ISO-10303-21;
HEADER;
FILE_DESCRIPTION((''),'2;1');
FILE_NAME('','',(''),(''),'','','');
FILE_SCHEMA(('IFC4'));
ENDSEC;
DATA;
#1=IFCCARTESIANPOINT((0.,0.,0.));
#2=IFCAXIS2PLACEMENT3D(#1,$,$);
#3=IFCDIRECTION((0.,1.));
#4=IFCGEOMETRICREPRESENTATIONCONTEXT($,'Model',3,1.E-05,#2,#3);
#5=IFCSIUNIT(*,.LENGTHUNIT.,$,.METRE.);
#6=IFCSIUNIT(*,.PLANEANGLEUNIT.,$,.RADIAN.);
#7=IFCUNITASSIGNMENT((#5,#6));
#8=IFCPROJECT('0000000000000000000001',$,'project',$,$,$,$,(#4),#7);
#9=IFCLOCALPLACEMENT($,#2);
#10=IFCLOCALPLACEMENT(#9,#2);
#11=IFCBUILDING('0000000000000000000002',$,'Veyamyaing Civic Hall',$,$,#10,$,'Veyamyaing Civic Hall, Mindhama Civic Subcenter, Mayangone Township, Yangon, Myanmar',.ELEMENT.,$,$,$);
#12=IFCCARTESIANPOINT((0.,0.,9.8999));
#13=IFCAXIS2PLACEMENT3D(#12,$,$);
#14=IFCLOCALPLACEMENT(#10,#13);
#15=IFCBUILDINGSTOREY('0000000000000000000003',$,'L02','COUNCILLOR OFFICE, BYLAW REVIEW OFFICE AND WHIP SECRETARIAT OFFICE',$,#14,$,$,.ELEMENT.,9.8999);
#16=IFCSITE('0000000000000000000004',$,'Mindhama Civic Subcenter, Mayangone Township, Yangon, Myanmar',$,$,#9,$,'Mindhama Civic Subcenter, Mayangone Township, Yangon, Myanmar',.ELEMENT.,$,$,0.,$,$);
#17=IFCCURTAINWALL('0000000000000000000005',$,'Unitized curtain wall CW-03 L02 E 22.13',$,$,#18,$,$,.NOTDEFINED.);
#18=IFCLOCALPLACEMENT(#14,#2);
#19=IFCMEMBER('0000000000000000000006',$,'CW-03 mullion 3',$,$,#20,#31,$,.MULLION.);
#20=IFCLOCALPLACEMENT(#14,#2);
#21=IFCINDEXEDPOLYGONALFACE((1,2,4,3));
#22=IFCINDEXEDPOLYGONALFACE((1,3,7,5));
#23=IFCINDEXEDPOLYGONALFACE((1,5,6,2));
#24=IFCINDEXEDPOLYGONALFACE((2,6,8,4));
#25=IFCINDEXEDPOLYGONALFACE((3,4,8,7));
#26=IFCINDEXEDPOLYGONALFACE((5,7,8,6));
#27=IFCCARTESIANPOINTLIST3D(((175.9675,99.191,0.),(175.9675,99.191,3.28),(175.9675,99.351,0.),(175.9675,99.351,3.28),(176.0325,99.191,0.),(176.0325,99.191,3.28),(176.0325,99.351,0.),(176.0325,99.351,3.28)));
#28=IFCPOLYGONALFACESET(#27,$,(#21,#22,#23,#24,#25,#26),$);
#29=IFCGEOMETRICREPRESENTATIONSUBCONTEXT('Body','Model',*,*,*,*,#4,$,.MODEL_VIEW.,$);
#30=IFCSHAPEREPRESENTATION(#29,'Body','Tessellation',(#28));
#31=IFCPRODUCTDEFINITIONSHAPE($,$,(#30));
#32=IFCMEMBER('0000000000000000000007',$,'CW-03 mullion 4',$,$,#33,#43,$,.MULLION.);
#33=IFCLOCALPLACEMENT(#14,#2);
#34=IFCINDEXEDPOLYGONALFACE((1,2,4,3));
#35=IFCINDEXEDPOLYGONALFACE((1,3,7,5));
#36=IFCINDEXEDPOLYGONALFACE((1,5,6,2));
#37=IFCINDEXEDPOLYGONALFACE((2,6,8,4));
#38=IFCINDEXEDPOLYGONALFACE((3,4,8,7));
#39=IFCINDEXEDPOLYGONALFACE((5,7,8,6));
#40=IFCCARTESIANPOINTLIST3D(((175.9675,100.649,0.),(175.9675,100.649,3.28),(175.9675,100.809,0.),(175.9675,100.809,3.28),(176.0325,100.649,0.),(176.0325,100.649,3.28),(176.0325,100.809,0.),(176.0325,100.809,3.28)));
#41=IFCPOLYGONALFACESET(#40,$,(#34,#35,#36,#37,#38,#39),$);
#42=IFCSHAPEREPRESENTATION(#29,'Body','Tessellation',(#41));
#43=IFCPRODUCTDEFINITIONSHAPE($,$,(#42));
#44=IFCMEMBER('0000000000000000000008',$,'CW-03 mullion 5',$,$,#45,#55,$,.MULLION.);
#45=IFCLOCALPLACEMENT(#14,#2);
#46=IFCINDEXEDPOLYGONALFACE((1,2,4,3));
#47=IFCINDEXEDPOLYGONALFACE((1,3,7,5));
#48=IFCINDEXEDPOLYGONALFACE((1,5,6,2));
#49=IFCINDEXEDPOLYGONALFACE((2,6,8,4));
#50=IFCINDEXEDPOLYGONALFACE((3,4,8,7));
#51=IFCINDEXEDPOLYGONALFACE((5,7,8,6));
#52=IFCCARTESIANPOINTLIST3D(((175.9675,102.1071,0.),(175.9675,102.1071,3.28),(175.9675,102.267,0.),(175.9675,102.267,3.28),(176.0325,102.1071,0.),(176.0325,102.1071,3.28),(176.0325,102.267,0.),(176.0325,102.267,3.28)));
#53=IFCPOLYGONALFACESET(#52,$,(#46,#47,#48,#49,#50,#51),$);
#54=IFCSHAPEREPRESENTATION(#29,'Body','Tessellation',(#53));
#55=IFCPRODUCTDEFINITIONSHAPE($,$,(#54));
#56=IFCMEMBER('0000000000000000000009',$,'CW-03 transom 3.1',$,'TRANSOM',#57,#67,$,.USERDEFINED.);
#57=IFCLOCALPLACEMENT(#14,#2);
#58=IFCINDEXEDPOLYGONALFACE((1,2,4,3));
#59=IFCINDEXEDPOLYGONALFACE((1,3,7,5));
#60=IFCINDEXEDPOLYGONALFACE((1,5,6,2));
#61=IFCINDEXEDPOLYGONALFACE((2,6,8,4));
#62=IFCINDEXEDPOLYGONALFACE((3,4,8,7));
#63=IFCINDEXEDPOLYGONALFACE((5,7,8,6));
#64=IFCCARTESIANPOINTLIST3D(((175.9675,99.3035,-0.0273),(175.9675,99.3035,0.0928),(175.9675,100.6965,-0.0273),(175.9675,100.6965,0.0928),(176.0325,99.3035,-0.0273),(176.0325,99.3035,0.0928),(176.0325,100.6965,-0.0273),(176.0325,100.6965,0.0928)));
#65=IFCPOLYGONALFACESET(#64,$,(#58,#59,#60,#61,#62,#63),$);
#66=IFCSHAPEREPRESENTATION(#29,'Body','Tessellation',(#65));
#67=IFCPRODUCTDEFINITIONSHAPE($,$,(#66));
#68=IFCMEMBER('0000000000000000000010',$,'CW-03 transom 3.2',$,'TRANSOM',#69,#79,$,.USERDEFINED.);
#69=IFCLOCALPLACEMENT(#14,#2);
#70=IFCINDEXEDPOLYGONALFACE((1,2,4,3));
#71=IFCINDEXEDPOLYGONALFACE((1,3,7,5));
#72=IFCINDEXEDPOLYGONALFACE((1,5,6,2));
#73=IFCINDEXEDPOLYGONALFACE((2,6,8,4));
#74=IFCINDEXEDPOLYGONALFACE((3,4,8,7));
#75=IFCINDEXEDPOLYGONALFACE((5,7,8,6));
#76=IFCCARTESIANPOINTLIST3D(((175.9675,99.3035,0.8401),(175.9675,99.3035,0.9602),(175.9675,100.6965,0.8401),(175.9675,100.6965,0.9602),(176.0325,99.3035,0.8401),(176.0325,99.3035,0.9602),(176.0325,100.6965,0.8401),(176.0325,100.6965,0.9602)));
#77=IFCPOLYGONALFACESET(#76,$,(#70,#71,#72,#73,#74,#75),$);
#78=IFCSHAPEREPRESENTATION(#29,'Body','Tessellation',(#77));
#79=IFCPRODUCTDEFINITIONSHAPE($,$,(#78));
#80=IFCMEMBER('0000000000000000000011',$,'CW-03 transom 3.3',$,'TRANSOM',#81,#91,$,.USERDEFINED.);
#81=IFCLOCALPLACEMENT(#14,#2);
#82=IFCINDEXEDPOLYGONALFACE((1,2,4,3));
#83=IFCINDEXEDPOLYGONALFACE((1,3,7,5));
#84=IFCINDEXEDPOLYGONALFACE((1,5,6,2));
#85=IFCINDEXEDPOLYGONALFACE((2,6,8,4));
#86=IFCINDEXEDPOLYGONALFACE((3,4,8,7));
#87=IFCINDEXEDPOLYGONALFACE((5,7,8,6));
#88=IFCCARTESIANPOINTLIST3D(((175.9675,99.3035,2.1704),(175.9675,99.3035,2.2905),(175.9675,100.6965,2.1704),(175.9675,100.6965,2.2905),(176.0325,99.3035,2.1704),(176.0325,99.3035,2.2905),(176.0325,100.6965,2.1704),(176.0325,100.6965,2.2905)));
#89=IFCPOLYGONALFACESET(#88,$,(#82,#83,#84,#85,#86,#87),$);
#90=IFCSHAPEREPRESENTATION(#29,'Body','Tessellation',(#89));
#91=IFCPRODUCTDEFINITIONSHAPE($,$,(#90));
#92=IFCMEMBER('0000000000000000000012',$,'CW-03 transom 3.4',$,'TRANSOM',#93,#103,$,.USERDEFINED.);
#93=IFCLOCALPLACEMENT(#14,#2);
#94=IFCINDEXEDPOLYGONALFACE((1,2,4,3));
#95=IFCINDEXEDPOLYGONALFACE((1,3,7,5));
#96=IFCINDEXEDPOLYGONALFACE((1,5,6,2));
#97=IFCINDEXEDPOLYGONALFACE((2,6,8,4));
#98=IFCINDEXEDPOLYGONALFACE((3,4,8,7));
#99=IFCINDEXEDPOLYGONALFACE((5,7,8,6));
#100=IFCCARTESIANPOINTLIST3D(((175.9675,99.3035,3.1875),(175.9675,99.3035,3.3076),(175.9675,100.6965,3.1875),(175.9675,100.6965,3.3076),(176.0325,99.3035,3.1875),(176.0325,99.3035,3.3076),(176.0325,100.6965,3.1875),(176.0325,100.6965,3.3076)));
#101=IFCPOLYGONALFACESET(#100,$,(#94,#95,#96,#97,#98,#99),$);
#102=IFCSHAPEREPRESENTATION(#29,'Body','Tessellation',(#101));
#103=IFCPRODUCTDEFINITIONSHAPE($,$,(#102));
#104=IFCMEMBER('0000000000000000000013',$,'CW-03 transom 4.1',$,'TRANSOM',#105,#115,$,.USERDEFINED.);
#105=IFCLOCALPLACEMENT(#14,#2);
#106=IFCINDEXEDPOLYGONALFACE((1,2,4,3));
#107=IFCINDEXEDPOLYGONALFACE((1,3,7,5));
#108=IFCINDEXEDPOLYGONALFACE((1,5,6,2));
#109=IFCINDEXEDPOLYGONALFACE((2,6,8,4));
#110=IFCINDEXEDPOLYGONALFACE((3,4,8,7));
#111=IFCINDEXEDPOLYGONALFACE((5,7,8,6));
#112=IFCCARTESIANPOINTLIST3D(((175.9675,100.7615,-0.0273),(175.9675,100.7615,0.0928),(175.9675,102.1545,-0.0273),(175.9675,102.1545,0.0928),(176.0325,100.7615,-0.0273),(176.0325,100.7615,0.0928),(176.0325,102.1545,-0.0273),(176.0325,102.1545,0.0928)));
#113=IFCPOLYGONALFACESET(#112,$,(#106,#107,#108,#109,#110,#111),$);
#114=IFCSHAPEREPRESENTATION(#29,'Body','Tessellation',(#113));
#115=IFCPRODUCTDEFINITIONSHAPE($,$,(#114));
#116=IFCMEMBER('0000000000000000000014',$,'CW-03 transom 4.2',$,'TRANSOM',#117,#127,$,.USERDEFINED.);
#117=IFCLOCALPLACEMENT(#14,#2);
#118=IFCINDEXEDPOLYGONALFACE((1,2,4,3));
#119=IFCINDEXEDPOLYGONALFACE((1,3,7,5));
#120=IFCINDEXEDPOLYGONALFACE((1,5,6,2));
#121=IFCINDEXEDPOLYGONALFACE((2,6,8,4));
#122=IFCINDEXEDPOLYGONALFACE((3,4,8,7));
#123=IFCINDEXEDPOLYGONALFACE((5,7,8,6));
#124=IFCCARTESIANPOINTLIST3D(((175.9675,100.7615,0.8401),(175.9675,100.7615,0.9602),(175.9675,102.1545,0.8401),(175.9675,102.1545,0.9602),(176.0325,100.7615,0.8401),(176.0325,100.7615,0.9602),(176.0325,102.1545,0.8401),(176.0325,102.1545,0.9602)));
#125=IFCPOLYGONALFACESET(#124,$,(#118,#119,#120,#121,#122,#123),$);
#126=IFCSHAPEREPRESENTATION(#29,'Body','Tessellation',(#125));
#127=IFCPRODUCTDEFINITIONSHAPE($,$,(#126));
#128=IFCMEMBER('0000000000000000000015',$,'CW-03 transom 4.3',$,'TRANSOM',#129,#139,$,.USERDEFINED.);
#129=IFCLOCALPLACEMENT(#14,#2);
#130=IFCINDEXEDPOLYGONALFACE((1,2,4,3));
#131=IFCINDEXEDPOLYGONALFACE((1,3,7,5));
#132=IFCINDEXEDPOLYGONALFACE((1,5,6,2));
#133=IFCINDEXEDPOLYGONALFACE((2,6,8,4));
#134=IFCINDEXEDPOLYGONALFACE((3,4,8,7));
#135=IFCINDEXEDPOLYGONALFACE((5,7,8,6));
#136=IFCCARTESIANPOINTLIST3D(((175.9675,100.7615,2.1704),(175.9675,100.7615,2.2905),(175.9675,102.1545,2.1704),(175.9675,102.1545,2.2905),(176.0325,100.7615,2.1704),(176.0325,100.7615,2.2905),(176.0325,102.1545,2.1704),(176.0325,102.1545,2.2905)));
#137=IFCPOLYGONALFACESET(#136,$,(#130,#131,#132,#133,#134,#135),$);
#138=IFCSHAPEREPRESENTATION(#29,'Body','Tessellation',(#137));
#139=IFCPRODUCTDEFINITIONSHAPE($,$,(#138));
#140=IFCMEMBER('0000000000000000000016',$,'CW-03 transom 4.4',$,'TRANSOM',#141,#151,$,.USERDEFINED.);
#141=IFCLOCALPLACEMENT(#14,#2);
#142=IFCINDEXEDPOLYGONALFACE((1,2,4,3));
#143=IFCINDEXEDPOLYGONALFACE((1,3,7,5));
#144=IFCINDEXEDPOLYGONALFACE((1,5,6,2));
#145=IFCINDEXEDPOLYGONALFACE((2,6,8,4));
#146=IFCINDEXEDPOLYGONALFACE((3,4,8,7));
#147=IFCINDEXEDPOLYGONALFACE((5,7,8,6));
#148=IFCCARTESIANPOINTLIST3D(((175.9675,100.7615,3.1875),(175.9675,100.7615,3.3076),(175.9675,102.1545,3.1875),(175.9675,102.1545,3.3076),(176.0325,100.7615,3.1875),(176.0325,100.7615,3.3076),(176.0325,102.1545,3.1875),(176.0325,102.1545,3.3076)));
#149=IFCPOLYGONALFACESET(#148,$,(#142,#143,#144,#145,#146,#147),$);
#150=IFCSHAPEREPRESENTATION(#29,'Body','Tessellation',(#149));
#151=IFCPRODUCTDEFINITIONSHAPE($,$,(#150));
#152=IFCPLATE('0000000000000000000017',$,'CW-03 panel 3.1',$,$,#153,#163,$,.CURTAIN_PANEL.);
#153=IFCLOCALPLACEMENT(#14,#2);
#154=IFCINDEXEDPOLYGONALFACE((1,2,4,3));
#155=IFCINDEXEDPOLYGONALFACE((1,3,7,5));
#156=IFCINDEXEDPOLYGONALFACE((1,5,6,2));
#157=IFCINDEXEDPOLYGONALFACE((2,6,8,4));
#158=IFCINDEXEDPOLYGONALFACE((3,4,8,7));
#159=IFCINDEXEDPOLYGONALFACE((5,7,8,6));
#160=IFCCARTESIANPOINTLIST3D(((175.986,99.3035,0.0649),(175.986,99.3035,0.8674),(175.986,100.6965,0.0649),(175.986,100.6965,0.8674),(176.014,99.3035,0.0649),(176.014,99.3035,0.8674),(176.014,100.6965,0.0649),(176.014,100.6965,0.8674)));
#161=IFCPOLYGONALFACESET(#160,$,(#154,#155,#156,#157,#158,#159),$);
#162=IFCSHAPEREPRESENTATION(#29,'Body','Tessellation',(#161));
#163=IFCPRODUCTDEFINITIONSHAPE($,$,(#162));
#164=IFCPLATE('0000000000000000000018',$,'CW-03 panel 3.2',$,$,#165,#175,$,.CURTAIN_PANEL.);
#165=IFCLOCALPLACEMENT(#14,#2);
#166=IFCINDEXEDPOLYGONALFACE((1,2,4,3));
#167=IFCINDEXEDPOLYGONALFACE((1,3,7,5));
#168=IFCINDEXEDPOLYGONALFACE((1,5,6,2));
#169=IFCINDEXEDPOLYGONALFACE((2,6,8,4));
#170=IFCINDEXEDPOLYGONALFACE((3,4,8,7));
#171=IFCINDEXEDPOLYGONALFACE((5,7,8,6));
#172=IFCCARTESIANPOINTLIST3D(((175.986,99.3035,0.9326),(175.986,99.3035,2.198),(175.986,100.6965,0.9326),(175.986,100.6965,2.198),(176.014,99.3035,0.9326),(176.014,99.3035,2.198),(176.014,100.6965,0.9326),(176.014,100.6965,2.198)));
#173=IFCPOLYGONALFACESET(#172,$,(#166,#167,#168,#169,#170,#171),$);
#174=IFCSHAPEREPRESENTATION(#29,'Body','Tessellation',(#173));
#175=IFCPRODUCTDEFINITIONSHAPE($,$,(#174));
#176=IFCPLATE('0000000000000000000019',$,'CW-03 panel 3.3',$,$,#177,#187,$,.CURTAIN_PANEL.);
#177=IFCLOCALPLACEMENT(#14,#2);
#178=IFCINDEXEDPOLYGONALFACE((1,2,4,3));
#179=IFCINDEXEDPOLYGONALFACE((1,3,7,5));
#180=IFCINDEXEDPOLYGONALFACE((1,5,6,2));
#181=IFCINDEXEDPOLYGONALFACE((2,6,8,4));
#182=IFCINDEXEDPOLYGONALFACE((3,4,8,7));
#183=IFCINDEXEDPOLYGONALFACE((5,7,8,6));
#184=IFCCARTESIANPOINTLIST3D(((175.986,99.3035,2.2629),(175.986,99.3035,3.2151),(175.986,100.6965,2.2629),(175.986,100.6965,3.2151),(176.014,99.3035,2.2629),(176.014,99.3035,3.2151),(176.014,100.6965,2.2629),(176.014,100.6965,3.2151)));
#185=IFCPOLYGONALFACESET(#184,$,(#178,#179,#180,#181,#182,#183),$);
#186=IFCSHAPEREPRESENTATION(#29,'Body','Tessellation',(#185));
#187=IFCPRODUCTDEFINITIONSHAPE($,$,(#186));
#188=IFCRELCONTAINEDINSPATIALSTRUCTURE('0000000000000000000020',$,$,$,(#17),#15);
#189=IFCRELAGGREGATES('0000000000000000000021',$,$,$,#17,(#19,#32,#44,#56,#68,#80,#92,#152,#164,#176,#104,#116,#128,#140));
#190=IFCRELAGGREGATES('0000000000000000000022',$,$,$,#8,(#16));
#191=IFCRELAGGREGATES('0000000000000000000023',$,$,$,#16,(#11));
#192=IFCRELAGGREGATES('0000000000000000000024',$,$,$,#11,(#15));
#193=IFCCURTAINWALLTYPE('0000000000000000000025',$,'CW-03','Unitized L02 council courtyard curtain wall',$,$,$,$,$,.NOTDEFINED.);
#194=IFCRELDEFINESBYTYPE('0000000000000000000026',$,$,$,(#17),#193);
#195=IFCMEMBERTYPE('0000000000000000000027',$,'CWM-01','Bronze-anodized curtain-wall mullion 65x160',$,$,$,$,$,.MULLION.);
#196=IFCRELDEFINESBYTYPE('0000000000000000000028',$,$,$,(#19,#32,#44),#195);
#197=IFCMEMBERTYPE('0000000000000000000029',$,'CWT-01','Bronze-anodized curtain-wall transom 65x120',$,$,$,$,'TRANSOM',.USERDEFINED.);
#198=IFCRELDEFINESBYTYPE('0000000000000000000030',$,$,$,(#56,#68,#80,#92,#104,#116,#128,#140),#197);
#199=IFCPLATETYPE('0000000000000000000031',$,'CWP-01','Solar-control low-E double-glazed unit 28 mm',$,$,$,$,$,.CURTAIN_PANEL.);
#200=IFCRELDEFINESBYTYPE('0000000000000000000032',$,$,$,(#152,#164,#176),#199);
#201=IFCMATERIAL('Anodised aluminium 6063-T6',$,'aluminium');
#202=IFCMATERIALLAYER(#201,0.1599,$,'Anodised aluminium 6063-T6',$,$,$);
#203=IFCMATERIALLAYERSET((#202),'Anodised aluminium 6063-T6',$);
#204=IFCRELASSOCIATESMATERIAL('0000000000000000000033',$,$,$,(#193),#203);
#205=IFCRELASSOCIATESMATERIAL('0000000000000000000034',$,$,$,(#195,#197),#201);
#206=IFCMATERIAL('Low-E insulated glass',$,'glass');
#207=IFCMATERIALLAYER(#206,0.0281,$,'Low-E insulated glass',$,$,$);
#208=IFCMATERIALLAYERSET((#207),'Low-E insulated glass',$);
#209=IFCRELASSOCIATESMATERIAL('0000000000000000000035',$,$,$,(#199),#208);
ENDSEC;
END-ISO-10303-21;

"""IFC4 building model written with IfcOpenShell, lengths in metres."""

from ifc_helpers import new_model, si_unit, direction, frame, origin, origin_2d, place, context, subcontext, project, spatial, rectangle, extrude, material, layer, layer_set, material_profile, profile_set, type_object, element, aggregate, save


model = new_model("IFC4")

# Units and contexts
model_context = context("Model", 3, precision=1e-05, world=origin(), true_north=direction((0.0, 1.0)))
body_context = subcontext(model_context, "Body", "Model", "MODEL_VIEW")
ifc_project = project(units=[si_unit("LENGTHUNIT", "METRE"), si_unit("PLANEANGLEUNIT", "RADIAN")], contexts=[model_context])

# Site, building, storey
site_placement = place(None, origin())
site = spatial("IfcSite", under=ifc_project, at=site_placement, Name="Mindhama Civic Subcenter, Mayangone Township, Yangon, Myanmar", LongName="Mindhama Civic Subcenter, Mayangone Township, Yangon, Myanmar", CompositionType="ELEMENT", RefElevation=0.0)
building_placement = place(site_placement, origin())
building = spatial("IfcBuilding", under=site, at=building_placement, Name="Veyamyaing Civic Hall", LongName="Veyamyaing Civic Hall, Mindhama Civic Subcenter, Mayangone Township, Yangon, Myanmar", CompositionType="ELEMENT")
storey_placement = place(building_placement, frame((0.0, 0.0, 9.8999)))
storey = spatial("IfcBuildingStorey", under=building, at=storey_placement, Name="L02", Description="COUNCILLOR OFFICE, BYLAW REVIEW OFFICE AND WHIP SECRETARIAT OFFICE", CompositionType="ELEMENT", Elevation=9.8999)

# Curtain wall, members, plates
ifc_material_1 = material(Name="Anodised aluminium 6063-T6", Category="aluminium")
ifc_layer_1 = layer(ifc_material_1, 0.1599, Name="Anodised aluminium 6063-T6")
ifc_layer_set_1 = layer_set([ifc_layer_1], Name="Anodised aluminium 6063-T6")
curtain_wall_type = type_object("IfcCurtainWallType", Name="CW-03", Description="Unitized L02 council courtyard curtain wall", PredefinedType="NOTDEFINED", material=ifc_layer_set_1)
curtain_wall_placement = place(storey_placement, origin())
curtain_wall = element("IfcCurtainWall", 1, at=curtain_wall_placement, inside=storey, type_object=curtain_wall_type, Name="Unitized curtain wall CW-03 L02 E 22.13", PredefinedType="NOTDEFINED")
ifc_material_profile_1 = material_profile(ifc_material_1, rectangle(XDim=0.0649, YDim=0.1599, at=origin_2d()), Name="ALU-MUL-65X160")
ifc_profile_set_1 = profile_set([ifc_material_profile_1], Name="Anodised aluminium 6063-T6")
member_type_1 = type_object("IfcMemberType", Name="CWM-01", Description="Bronze-anodized curtain-wall mullion 65x160", PredefinedType="MULLION", material=ifc_profile_set_1)
member_1_placement = place(storey_placement, frame((176.0, 99.271, 0.0), z_axis=(0.0, 0.0, 1.0), x_axis=(-1.0, 0.0, 0.0)))
member_1 = element("IfcMember", 2, at=member_1_placement, type_object=member_type_1, Name="CW-03 mullion 3", PredefinedType="MULLION", context=body_context, shape_type="SweptSolid", body=[
    extrude(rectangle(XDim=0.0649, YDim=0.1599, at=origin_2d()), origin(), (0.0, 0.0, 1.0), 3.28),
])
member_2_placement = place(storey_placement, frame((176.0, 100.729, 0.0), z_axis=(0.0, 0.0, 1.0), x_axis=(-1.0, 0.0, 0.0)))
member_2 = element("IfcMember", 3, at=member_2_placement, type_object=member_type_1, Name="CW-03 mullion 4", PredefinedType="MULLION", context=body_context, shape_type="SweptSolid", body=[
    extrude(rectangle(XDim=0.0649, YDim=0.1599, at=origin_2d()), origin(), (0.0, 0.0, 1.0), 3.28),
])
member_3_placement = place(storey_placement, frame((176.0, 102.187, 0.0), z_axis=(0.0, 0.0, 1.0), x_axis=(-1.0, 0.0, 0.0)))
member_3 = element("IfcMember", 4, at=member_3_placement, type_object=member_type_1, Name="CW-03 mullion 5", PredefinedType="MULLION", context=body_context, shape_type="SweptSolid", body=[
    extrude(rectangle(XDim=0.0649, YDim=0.1599, at=origin_2d()), origin(), (0.0, 0.0, 1.0), 3.28),
])
ifc_material_profile_2 = material_profile(ifc_material_1, rectangle(XDim=0.0649, YDim=0.1201, at=origin_2d()), Name="ALU-TRN-65X120")
ifc_profile_set_2 = profile_set([ifc_material_profile_2], Name="Anodised aluminium 6063-T6")
member_type_2 = type_object("IfcMemberType", Name="CWT-01", Description="Bronze-anodized curtain-wall transom 65x120", ElementType="TRANSOM", PredefinedType="USERDEFINED", material=ifc_profile_set_2)
member_4_placement = place(storey_placement, frame((176.0, 99.3035, 0.0327), z_axis=(0.0, 1.0, 0.0), x_axis=(-1.0, 0.0, 0.0)))
member_4 = element("IfcMember", 5, at=member_4_placement, type_object=member_type_2, Name="CW-03 transom 3.1", ObjectType="TRANSOM", PredefinedType="USERDEFINED", context=body_context, shape_type="SweptSolid", body=[
    extrude(rectangle(XDim=0.0649, YDim=0.1201, at=origin_2d()), origin(), (0.0, 0.0, 1.0), 1.3931),
])
member_5_placement = place(storey_placement, frame((176.0, 99.3035, 0.9001), z_axis=(0.0, 1.0, 0.0), x_axis=(-1.0, 0.0, 0.0)))
member_5 = element("IfcMember", 6, at=member_5_placement, type_object=member_type_2, Name="CW-03 transom 3.2", ObjectType="TRANSOM", PredefinedType="USERDEFINED", context=body_context, shape_type="SweptSolid", body=[
    extrude(rectangle(XDim=0.0649, YDim=0.1201, at=origin_2d()), origin(), (0.0, 0.0, 1.0), 1.3931),
])
member_6_placement = place(storey_placement, frame((176.0, 99.3035, 2.2305), z_axis=(0.0, 1.0, 0.0), x_axis=(-1.0, 0.0, 0.0)))
member_6 = element("IfcMember", 7, at=member_6_placement, type_object=member_type_2, Name="CW-03 transom 3.3", ObjectType="TRANSOM", PredefinedType="USERDEFINED", context=body_context, shape_type="SweptSolid", body=[
    extrude(rectangle(XDim=0.0649, YDim=0.1201, at=origin_2d()), origin(), (0.0, 0.0, 1.0), 1.3931),
])
member_7_placement = place(storey_placement, frame((176.0, 99.3035, 3.2476), z_axis=(0.0, 1.0, 0.0), x_axis=(-1.0, 0.0, 0.0)))
member_7 = element("IfcMember", 8, at=member_7_placement, type_object=member_type_2, Name="CW-03 transom 3.4", ObjectType="TRANSOM", PredefinedType="USERDEFINED", context=body_context, shape_type="SweptSolid", body=[
    extrude(rectangle(XDim=0.0649, YDim=0.1201, at=origin_2d()), origin(), (0.0, 0.0, 1.0), 1.3931),
])
member_8_placement = place(storey_placement, frame((176.0, 100.7615, 0.0327), z_axis=(0.0, 1.0, 0.0), x_axis=(-1.0, 0.0, 0.0)))
member_8 = element("IfcMember", 9, at=member_8_placement, type_object=member_type_2, Name="CW-03 transom 4.1", ObjectType="TRANSOM", PredefinedType="USERDEFINED", context=body_context, shape_type="SweptSolid", body=[
    extrude(rectangle(XDim=0.0649, YDim=0.1201, at=origin_2d()), origin(), (0.0, 0.0, 1.0), 1.3931),
])
member_9_placement = place(storey_placement, frame((176.0, 100.7615, 0.9001), z_axis=(0.0, 1.0, 0.0), x_axis=(-1.0, 0.0, 0.0)))
member_9 = element("IfcMember", 10, at=member_9_placement, type_object=member_type_2, Name="CW-03 transom 4.2", ObjectType="TRANSOM", PredefinedType="USERDEFINED", context=body_context, shape_type="SweptSolid", body=[
    extrude(rectangle(XDim=0.0649, YDim=0.1201, at=origin_2d()), origin(), (0.0, 0.0, 1.0), 1.3931),
])
member_10_placement = place(storey_placement, frame((176.0, 100.7615, 2.2305), z_axis=(0.0, 1.0, 0.0), x_axis=(-1.0, 0.0, 0.0)))
member_10 = element("IfcMember", 11, at=member_10_placement, type_object=member_type_2, Name="CW-03 transom 4.3", ObjectType="TRANSOM", PredefinedType="USERDEFINED", context=body_context, shape_type="SweptSolid", body=[
    extrude(rectangle(XDim=0.0649, YDim=0.1201, at=origin_2d()), origin(), (0.0, 0.0, 1.0), 1.3931),
])
member_11_placement = place(storey_placement, frame((176.0, 100.7615, 3.2476), z_axis=(0.0, 1.0, 0.0), x_axis=(-1.0, 0.0, 0.0)))
member_11 = element("IfcMember", 12, at=member_11_placement, type_object=member_type_2, Name="CW-03 transom 4.4", ObjectType="TRANSOM", PredefinedType="USERDEFINED", context=body_context, shape_type="SweptSolid", body=[
    extrude(rectangle(XDim=0.0649, YDim=0.1201, at=origin_2d()), origin(), (0.0, 0.0, 1.0), 1.3931),
])
ifc_material_2 = material(Name="Low-E insulated glass", Category="glass")
ifc_layer_2 = layer(ifc_material_2, 0.0281, Name="Low-E insulated glass")
ifc_layer_set_2 = layer_set([ifc_layer_2], Name="Low-E insulated glass")
plate_type = type_object("IfcPlateType", Name="CWP-01", Description="Solar-control low-E double-glazed unit 28 mm", PredefinedType="CURTAIN_PANEL", material=ifc_layer_set_2)
plate_1_placement = place(storey_placement, frame((176.0, 100.0, 0.0649), z_axis=(0.0, 0.0, 1.0), x_axis=(0.0, 1.0, 0.0)))
plate_1 = element("IfcPlate", 13, at=plate_1_placement, type_object=plate_type, Name="CW-03 panel 3.1", PredefinedType="CURTAIN_PANEL", context=body_context, shape_type="SweptSolid", body=[
    extrude(rectangle(XDim=1.3931, YDim=0.0281, at=origin_2d()), origin(), (0.0, 0.0, 1.0), 0.8025),
])
plate_2_placement = place(storey_placement, frame((176.0, 100.0, 0.9326), z_axis=(0.0, 0.0, 1.0), x_axis=(0.0, 1.0, 0.0)))
plate_2 = element("IfcPlate", 14, at=plate_2_placement, type_object=plate_type, Name="CW-03 panel 3.2", PredefinedType="CURTAIN_PANEL", context=body_context, shape_type="SweptSolid", body=[
    extrude(rectangle(XDim=1.3931, YDim=0.0281, at=origin_2d()), origin(), (0.0, 0.0, 1.0), 1.2654),
])
plate_3_placement = place(storey_placement, frame((176.0, 100.0, 2.2629), z_axis=(0.0, 0.0, 1.0), x_axis=(0.0, 1.0, 0.0)))
plate_3 = element("IfcPlate", 15, at=plate_3_placement, type_object=plate_type, Name="CW-03 panel 3.3", PredefinedType="CURTAIN_PANEL", context=body_context, shape_type="SweptSolid", body=[
    extrude(rectangle(XDim=1.3931, YDim=0.0281, at=origin_2d()), origin(), (0.0, 0.0, 1.0), 0.9521),
])
aggregate(curtain_wall, [member_1, member_2, member_3, member_4, member_5, member_6, member_7, plate_1, plate_2, plate_3, member_8, member_9, member_10, member_11])

save(model, "model.ifc")
